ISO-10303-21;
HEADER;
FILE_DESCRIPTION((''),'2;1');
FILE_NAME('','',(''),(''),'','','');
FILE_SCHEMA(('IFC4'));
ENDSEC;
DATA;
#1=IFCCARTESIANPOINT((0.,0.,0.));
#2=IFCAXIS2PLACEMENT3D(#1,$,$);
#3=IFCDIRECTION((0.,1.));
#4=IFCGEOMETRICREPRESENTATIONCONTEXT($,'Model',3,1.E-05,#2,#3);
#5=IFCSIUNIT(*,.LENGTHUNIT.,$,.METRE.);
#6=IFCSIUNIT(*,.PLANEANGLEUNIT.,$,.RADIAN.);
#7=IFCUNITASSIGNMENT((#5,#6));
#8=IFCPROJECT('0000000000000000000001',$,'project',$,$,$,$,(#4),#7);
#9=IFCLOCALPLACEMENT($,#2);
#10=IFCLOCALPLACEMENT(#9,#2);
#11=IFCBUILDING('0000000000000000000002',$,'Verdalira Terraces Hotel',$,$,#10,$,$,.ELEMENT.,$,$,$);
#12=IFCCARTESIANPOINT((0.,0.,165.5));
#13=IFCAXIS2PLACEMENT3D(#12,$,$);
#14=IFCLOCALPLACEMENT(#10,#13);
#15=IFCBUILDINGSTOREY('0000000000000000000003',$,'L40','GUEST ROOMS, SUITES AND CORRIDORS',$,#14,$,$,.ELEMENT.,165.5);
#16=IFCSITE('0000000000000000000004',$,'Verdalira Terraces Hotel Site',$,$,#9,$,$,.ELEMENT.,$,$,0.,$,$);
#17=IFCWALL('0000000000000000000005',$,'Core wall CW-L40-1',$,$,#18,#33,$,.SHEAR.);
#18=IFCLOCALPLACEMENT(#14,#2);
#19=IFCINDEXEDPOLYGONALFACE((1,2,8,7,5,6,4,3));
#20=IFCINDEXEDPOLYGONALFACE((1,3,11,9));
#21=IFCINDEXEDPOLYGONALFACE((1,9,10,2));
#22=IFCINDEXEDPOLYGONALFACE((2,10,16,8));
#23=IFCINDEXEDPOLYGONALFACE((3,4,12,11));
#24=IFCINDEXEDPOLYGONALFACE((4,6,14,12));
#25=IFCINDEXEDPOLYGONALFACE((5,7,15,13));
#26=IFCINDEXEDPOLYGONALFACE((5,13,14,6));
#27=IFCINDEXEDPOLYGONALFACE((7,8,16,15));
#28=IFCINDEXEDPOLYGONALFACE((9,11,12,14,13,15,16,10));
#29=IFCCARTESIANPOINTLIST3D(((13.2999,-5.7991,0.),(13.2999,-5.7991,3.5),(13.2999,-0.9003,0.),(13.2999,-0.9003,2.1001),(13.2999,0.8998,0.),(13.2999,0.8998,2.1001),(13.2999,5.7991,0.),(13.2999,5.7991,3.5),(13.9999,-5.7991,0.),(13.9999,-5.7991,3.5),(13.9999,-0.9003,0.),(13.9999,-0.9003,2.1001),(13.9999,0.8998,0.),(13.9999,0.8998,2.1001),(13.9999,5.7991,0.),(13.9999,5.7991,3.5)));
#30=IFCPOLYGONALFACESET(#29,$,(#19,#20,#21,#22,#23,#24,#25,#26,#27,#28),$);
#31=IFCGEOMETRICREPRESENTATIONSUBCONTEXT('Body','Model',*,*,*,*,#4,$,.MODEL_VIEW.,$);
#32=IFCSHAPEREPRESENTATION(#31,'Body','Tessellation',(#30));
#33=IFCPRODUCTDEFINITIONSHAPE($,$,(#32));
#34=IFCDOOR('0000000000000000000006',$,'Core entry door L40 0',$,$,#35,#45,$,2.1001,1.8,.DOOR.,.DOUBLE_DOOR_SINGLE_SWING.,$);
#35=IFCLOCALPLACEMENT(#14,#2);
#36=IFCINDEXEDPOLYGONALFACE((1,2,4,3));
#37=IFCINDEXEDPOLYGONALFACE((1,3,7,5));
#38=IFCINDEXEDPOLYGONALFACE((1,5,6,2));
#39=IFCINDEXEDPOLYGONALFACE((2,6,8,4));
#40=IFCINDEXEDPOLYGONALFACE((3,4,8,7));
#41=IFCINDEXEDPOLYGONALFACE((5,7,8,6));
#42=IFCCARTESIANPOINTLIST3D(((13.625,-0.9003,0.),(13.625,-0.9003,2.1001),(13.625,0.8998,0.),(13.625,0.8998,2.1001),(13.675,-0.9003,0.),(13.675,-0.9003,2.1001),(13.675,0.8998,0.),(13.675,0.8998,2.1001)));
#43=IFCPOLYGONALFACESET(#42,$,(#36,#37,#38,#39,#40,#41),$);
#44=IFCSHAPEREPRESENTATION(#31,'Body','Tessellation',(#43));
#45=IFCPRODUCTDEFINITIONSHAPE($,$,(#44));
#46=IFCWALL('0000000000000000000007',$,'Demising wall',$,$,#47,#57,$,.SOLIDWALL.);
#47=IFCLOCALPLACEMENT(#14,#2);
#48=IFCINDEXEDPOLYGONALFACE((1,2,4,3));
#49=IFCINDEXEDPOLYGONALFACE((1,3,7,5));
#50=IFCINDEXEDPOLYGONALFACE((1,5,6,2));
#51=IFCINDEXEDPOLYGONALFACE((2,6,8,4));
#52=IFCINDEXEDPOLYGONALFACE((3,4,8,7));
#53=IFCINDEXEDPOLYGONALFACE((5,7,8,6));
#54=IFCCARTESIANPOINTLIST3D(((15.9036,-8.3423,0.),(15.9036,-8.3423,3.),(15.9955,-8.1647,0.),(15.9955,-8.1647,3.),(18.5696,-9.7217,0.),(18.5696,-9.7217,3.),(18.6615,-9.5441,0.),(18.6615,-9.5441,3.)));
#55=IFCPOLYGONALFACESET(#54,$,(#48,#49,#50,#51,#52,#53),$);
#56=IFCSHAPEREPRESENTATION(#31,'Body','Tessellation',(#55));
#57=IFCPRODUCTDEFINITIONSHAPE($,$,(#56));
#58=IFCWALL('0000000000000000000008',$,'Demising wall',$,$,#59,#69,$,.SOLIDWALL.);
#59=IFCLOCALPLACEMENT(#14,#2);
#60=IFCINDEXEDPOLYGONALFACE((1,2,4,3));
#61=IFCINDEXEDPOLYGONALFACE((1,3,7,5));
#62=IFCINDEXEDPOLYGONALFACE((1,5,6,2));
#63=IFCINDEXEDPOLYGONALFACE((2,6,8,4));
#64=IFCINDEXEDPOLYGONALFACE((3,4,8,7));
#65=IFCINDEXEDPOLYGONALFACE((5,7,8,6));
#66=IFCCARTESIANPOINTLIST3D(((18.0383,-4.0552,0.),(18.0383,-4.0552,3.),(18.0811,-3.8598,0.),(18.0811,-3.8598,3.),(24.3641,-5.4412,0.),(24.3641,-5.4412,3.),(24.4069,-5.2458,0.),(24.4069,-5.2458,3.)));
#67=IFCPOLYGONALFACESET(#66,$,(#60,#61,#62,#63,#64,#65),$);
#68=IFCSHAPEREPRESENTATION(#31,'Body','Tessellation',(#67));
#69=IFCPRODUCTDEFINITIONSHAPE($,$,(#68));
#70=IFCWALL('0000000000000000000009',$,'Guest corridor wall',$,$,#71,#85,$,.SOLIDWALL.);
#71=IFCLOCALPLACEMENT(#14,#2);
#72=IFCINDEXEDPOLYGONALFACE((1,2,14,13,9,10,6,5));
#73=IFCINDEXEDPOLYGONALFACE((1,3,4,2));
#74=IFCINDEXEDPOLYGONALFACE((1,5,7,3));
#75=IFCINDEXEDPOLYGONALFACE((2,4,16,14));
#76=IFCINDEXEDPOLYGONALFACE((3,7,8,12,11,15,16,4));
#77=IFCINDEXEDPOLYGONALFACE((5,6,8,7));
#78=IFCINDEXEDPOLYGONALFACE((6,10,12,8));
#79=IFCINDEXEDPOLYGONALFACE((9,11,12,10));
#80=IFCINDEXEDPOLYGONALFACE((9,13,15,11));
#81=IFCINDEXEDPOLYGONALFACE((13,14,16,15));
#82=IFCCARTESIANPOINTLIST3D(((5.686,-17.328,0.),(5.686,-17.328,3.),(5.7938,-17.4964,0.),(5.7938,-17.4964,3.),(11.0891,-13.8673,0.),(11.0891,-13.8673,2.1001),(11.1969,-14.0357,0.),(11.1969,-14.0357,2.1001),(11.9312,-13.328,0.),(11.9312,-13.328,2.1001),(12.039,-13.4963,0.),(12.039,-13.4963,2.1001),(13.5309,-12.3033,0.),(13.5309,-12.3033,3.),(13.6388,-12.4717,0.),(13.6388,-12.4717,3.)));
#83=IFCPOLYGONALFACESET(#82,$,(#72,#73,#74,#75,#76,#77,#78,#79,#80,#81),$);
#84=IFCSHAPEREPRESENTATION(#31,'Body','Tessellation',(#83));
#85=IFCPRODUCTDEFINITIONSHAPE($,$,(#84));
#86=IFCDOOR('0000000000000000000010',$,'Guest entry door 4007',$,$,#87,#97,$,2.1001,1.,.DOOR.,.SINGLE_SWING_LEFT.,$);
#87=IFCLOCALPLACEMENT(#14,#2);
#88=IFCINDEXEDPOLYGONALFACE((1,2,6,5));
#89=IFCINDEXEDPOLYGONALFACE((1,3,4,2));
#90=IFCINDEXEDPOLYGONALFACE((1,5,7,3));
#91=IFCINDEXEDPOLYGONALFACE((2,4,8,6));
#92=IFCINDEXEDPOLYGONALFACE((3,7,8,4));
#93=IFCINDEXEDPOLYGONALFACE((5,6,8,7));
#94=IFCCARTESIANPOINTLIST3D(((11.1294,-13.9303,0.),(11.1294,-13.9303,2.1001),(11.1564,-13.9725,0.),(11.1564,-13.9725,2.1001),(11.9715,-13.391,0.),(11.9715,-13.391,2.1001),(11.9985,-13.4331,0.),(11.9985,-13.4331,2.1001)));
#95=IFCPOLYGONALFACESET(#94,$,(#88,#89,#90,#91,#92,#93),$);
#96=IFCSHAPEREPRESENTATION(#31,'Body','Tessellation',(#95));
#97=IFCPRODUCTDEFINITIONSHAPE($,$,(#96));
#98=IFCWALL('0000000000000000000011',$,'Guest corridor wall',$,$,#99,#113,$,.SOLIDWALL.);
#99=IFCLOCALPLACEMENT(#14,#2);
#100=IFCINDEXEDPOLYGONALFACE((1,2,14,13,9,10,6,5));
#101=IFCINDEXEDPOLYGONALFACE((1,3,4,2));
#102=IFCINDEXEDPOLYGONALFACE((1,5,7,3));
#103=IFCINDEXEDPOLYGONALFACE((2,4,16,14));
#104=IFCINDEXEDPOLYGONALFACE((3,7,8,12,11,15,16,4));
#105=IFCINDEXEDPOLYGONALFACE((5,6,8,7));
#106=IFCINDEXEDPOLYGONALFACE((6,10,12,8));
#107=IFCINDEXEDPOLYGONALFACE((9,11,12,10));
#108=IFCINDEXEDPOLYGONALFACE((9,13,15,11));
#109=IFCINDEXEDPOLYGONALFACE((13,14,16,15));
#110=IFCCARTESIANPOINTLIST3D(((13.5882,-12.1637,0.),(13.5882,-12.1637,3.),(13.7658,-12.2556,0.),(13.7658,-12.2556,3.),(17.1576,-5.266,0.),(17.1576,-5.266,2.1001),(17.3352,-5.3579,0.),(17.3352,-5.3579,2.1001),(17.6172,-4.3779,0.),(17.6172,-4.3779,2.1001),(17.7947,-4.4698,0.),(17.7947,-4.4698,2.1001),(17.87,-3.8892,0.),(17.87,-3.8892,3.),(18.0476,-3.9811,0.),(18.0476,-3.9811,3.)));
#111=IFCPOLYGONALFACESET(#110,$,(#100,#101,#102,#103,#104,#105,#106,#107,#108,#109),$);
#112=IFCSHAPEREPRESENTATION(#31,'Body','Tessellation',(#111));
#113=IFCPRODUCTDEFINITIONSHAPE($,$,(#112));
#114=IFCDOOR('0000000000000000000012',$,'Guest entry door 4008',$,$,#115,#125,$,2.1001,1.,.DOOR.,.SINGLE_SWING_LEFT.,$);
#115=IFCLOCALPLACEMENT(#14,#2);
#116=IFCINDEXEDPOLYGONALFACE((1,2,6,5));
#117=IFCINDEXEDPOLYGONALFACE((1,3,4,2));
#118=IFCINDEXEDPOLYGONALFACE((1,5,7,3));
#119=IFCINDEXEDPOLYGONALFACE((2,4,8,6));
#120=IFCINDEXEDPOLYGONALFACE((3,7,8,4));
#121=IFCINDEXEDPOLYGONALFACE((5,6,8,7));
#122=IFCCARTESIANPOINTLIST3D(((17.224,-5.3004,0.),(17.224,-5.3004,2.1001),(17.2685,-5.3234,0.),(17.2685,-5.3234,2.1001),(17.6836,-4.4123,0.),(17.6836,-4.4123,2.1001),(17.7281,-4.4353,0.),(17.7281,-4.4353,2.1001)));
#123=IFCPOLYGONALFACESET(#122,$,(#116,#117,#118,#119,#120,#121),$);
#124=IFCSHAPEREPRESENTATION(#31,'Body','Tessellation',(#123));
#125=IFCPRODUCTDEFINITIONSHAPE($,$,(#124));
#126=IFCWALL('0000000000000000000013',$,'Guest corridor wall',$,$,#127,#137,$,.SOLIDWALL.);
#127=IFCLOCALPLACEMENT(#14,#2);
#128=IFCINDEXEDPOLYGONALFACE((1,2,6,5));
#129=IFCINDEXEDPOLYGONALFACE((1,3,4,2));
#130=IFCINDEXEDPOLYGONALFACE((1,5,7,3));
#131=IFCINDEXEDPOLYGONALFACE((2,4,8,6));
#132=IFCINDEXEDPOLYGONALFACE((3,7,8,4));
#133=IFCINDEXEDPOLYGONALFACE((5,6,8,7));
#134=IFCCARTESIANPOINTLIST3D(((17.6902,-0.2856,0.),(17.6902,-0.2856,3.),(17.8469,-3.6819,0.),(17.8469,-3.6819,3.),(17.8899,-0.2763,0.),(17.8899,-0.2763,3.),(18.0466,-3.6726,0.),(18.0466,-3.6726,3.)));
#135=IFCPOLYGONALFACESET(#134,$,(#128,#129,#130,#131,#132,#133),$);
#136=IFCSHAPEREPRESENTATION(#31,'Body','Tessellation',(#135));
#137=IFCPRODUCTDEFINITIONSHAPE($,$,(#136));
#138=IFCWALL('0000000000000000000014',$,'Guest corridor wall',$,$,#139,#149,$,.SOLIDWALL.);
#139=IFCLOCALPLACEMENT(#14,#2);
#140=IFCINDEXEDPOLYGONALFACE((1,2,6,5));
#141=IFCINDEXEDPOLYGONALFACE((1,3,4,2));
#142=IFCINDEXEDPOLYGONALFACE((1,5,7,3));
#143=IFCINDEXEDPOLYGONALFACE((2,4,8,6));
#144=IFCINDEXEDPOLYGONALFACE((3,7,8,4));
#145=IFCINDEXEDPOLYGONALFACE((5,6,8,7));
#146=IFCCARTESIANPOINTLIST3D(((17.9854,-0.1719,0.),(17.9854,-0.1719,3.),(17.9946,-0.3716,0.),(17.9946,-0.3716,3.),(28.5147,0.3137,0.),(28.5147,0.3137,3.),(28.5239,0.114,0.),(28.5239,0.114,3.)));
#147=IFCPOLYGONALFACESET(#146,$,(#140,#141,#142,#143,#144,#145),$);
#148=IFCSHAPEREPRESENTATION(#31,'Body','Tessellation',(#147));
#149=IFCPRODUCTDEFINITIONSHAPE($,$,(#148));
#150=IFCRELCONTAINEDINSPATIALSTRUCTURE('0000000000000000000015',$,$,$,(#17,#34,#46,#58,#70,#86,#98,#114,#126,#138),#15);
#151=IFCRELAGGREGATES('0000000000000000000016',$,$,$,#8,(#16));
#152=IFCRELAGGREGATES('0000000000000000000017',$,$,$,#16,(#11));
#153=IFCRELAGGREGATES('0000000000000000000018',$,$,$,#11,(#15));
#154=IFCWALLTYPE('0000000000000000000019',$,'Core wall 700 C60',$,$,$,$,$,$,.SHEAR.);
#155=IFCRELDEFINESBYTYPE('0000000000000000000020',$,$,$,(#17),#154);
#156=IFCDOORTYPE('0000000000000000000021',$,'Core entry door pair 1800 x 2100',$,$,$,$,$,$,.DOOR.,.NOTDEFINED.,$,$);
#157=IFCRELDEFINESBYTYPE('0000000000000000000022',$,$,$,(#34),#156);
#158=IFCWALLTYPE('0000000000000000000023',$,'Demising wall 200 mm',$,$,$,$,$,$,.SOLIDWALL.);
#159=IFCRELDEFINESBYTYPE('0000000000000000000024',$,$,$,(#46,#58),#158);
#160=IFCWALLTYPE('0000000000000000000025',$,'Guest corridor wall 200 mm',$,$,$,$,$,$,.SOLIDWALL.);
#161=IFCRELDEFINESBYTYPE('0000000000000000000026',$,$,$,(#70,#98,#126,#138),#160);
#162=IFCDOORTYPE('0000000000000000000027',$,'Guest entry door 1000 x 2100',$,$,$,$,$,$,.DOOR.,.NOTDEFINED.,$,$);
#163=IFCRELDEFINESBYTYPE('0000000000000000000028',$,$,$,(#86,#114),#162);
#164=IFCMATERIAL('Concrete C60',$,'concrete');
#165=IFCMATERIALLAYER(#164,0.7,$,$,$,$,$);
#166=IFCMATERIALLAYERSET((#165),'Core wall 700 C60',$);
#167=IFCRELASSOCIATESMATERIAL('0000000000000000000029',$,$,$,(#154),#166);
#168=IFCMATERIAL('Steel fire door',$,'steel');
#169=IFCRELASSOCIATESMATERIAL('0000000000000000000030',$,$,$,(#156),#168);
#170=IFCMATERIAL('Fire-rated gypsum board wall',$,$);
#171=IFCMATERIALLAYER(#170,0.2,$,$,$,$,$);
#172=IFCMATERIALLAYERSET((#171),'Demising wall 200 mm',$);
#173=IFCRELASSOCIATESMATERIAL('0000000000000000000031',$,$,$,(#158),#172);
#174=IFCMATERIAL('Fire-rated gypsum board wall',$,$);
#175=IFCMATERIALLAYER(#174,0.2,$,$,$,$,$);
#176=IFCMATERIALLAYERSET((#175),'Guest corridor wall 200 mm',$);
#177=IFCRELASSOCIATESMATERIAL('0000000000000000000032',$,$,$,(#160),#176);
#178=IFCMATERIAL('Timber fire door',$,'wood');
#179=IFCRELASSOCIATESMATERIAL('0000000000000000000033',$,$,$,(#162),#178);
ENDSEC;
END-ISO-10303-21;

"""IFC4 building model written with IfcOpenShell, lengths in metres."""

from ifc_helpers import new_model, si_unit, direction, frame, frame_2d, origin, place, context, subcontext, project, spatial, rectangle, extrude, material, layer, layer_set, type_object, element, fill, save


model = new_model("IFC4")

# Units and contexts
model_context = context("Model", 3, precision=1e-05, world=origin(), true_north=direction((0.0, 1.0)))
body_context = subcontext(model_context, "Body", "Model", "MODEL_VIEW")
ifc_project = project(units=[si_unit("LENGTHUNIT", "METRE"), si_unit("PLANEANGLEUNIT", "RADIAN")], contexts=[model_context])

# Site, building, storey
site_placement = place(None, origin())
site = spatial("IfcSite", under=ifc_project, at=site_placement, Name="Verdalira Terraces Hotel Site", CompositionType="ELEMENT", RefElevation=0.0)
building_placement = place(site_placement, origin())
building = spatial("IfcBuilding", under=site, at=building_placement, Name="Verdalira Terraces Hotel", CompositionType="ELEMENT")
storey_placement = place(building_placement, frame((0.0, 0.0, 165.5)))
storey = spatial("IfcBuildingStorey", under=building, at=storey_placement, Name="L40", Description="GUEST ROOMS, SUITES AND CORRIDORS", CompositionType="ELEMENT", Elevation=165.5)

# Wall, opening, door
ifc_material_1 = material(Name="Concrete C60", Category="concrete")
ifc_layer_1 = layer(ifc_material_1, 0.7)
ifc_layer_set_1 = layer_set([ifc_layer_1], Name="Core wall 700 C60")
wall_type_1 = type_object("IfcWallType", Name="Core wall 700 C60", PredefinedType="SHEAR", material=ifc_layer_set_1)
wall_1_placement = place(storey_placement, frame((13.6499, -5.7991, 0.0), z_axis=(0.0, 0.0, 1.0), x_axis=(0.0, 1.0, 0.0)))
wall_1 = element("IfcWall", 1, at=wall_1_placement, inside=storey, type_object=wall_type_1, Name="Core wall CW-L40-1", PredefinedType="SHEAR", context=body_context, shape_type="SweptSolid", body=[
    extrude(rectangle(XDim=11.5981, YDim=0.7, at=frame_2d((5.7991, 0.0))), origin(), (0.0, 0.0, 1.0), 3.5),
])
opening_1_placement = place(wall_1_placement, frame((4.8989, 0.0, 0.0)))
opening_1 = element("IfcOpeningElement", 2, at=opening_1_placement, cuts=wall_1, PredefinedType="OPENING", context=body_context, shape_type="SweptSolid", body=[
    extrude(rectangle(XDim=1.8, YDim=2.1001, at=frame_2d((0.8999, 1.05))), frame((0.0, 0.3599, 0.0), z_axis=(0.0, -1.0, 0.0), x_axis=(1.0, 0.0, 0.0)), (0.0, 0.0, 1.0), 0.72),
])
ifc_material_2 = material(Name="Steel fire door", Category="steel")
door_type_1 = type_object("IfcDoorType", Name="Core entry door pair 1800 x 2100", OperationType="NOTDEFINED", PredefinedType="DOOR", material=ifc_material_2)
door_1_placement = place(opening_1_placement, origin())
door_1 = element("IfcDoor", 3, at=door_1_placement, inside=storey, type_object=door_type_1, Name="Core entry door L40 0", OperationType="DOUBLE_DOOR_SINGLE_SWING", OverallHeight=2.1001, OverallWidth=1.8, PredefinedType="DOOR", context=body_context, shape_type="SweptSolid", body=[
    extrude(rectangle(XDim=1.8, YDim=2.1001, at=frame_2d((0.8999, 1.05))), frame((0.0, 0.0249, 0.0), z_axis=(0.0, -1.0, 0.0), x_axis=(1.0, 0.0, 0.0)), (0.0, 0.0, 1.0), 0.05),
])
fill(opening_1, door_1)

# Walls
ifc_material_3 = material(Name="Fire-rated gypsum board wall")
ifc_layer_2 = layer(ifc_material_3, 0.2)
ifc_layer_set_2 = layer_set([ifc_layer_2], Name="Demising wall 200 mm")
wall_type_2 = type_object("IfcWallType", Name="Demising wall 200 mm", PredefinedType="SOLIDWALL", material=ifc_layer_set_2)
wall_2_placement = place(storey_placement, frame((15.9495, -8.2534, 0.0), z_axis=(0.0, 0.0, 1.0), x_axis=(0.88816, -0.459534, 0.0)))
element("IfcWall", 4, at=wall_2_placement, inside=storey, type_object=wall_type_2, Name="Demising wall", PredefinedType="SOLIDWALL", context=body_context, shape_type="SweptSolid", body=[
    extrude(rectangle(XDim=3.0017, YDim=0.2, at=frame_2d((1.501, 0.0))), origin(), (0.0, 0.0, 1.0), 3.0),
])
wall_3_placement = place(storey_placement, frame((18.0598, -3.9575, 0.0), z_axis=(0.0, 0.0, 1.0), x_axis=(0.976828, -0.214027, 0.0)))
element("IfcWall", 5, at=wall_3_placement, inside=storey, type_object=wall_type_2, Name="Demising wall", PredefinedType="SOLIDWALL", context=body_context, shape_type="SweptSolid", body=[
    extrude(rectangle(XDim=6.4758, YDim=0.2, at=frame_2d((3.2378, 0.0))), origin(), (0.0, 0.0, 1.0), 3.0),
])

# Walls, openings, doors
ifc_material_4 = material(Name="Fire-rated gypsum board wall")
ifc_layer_3 = layer(ifc_material_4, 0.2)
ifc_layer_set_3 = layer_set([ifc_layer_3], Name="Guest corridor wall 200 mm")
wall_type_3 = type_object("IfcWallType", Name="Guest corridor wall 200 mm", PredefinedType="SOLIDWALL", material=ifc_layer_set_3)
wall_4_placement = place(storey_placement, frame((13.585, -12.3875, 0.0), z_axis=(0.0, 0.0, 1.0), x_axis=(-0.842082, -0.539349, 0.0)))
wall_4 = element("IfcWall", 6, at=wall_4_placement, inside=storey, type_object=wall_type_3, Name="Guest corridor wall", PredefinedType="SOLIDWALL", context=body_context, shape_type="SweptSolid", body=[
    extrude(rectangle(XDim=9.3162, YDim=0.2, at=frame_2d((4.6582, 0.0))), origin(), (0.0, 0.0, 1.0), 3.0),
])
opening_2_placement = place(wall_4_placement, frame((1.8999, 0.0, 0.0)))
opening_2 = element("IfcOpeningElement", 7, at=opening_2_placement, cuts=wall_4, PredefinedType="OPENING", context=body_context, shape_type="SweptSolid", body=[
    extrude(rectangle(XDim=1.0, YDim=2.1001, at=frame_2d((0.5, 1.05))), frame((0.0, 0.1099, 0.0), z_axis=(0.0, -1.0, 0.0), x_axis=(1.0, 0.0, 0.0)), (0.0, 0.0, 1.0), 0.22),
])
ifc_material_5 = material(Name="Timber fire door", Category="wood")
door_type_2 = type_object("IfcDoorType", Name="Guest entry door 1000 x 2100", OperationType="NOTDEFINED", PredefinedType="DOOR", material=ifc_material_5)
door_2_placement = place(opening_2_placement, origin())
door_2 = element("IfcDoor", 8, at=door_2_placement, inside=storey, type_object=door_type_2, Name="Guest entry door 4007", OperationType="SINGLE_SWING_LEFT", OverallHeight=2.1001, OverallWidth=1.0, PredefinedType="DOOR", context=body_context, shape_type="SweptSolid", body=[
    extrude(rectangle(XDim=1.0, YDim=2.1001, at=frame_2d((0.5, 1.05))), frame((0.0, 0.0249, 0.0), z_axis=(0.0, -1.0, 0.0), x_axis=(1.0, 0.0, 0.0)), (0.0, 0.0, 1.0), 0.05),
])
fill(opening_2, door_2)
wall_5_placement = place(storey_placement, frame((17.9587, -3.9353, 0.0), z_axis=(0.0, 0.0, 1.0), x_axis=(-0.459581, -0.888136, 0.0)))
wall_5 = element("IfcWall", 9, at=wall_5_placement, inside=storey, type_object=wall_type_3, Name="Guest corridor wall", PredefinedType="SOLIDWALL", context=body_context, shape_type="SweptSolid", body=[
    extrude(rectangle(XDim=9.3166, YDim=0.2, at=frame_2d((4.6582, 0.0))), origin(), (0.0, 0.0, 1.0), 3.0),
])
opening_3_placement = place(wall_5_placement, frame((0.55, 0.0, 0.0)))
opening_3 = element("IfcOpeningElement", 10, at=opening_3_placement, cuts=wall_5, PredefinedType="OPENING", context=body_context, shape_type="SweptSolid", body=[
    extrude(rectangle(XDim=1.0, YDim=2.1001, at=frame_2d((0.5, 1.05))), frame((0.0, 0.1099, 0.0), z_axis=(0.0, -1.0, 0.0), x_axis=(1.0, 0.0, 0.0)), (0.0, 0.0, 1.0), 0.22),
])
door_3_placement = place(opening_3_placement, origin())
door_3 = element("IfcDoor", 11, at=door_3_placement, inside=storey, type_object=door_type_2, Name="Guest entry door 4008", OperationType="SINGLE_SWING_LEFT", OverallHeight=2.1001, OverallWidth=1.0, PredefinedType="DOOR", context=body_context, shape_type="SweptSolid", body=[
    extrude(rectangle(XDim=1.0, YDim=2.1001, at=frame_2d((0.5, 1.05))), frame((0.0, 0.0249, 0.0), z_axis=(0.0, -1.0, 0.0), x_axis=(1.0, 0.0, 0.0)), (0.0, 0.0, 1.0), 0.05),
])
fill(opening_3, door_3)

# Walls
wall_6_placement = place(storey_placement, frame((17.9468, -3.6772, 0.0), z_axis=(0.0, 0.0, 1.0), x_axis=(-0.046101, 0.998937, 0.0)))
element("IfcWall", 12, at=wall_6_placement, inside=storey, type_object=wall_type_3, Name="Guest corridor wall", PredefinedType="SOLIDWALL", context=body_context, shape_type="SweptSolid", body=[
    extrude(rectangle(XDim=3.3999, YDim=0.2, at=frame_2d((1.7, 0.0))), origin(), (0.0, 0.0, 1.0), 3.0),
])
wall_7_placement = place(storey_placement, frame((17.99, -0.2717, 0.0), z_axis=(0.0, 0.0, 1.0), x_axis=(0.998938, 0.04607, 0.0)))
element("IfcWall", 13, at=wall_7_placement, inside=storey, type_object=wall_type_3, Name="Guest corridor wall", PredefinedType="SOLIDWALL", context=body_context, shape_type="SweptSolid", body=[
    extrude(rectangle(XDim=10.5405, YDim=0.2, at=frame_2d((5.2703, 0.0))), origin(), (0.0, 0.0, 1.0), 3.0),
])

save(model, "model.ifc")
